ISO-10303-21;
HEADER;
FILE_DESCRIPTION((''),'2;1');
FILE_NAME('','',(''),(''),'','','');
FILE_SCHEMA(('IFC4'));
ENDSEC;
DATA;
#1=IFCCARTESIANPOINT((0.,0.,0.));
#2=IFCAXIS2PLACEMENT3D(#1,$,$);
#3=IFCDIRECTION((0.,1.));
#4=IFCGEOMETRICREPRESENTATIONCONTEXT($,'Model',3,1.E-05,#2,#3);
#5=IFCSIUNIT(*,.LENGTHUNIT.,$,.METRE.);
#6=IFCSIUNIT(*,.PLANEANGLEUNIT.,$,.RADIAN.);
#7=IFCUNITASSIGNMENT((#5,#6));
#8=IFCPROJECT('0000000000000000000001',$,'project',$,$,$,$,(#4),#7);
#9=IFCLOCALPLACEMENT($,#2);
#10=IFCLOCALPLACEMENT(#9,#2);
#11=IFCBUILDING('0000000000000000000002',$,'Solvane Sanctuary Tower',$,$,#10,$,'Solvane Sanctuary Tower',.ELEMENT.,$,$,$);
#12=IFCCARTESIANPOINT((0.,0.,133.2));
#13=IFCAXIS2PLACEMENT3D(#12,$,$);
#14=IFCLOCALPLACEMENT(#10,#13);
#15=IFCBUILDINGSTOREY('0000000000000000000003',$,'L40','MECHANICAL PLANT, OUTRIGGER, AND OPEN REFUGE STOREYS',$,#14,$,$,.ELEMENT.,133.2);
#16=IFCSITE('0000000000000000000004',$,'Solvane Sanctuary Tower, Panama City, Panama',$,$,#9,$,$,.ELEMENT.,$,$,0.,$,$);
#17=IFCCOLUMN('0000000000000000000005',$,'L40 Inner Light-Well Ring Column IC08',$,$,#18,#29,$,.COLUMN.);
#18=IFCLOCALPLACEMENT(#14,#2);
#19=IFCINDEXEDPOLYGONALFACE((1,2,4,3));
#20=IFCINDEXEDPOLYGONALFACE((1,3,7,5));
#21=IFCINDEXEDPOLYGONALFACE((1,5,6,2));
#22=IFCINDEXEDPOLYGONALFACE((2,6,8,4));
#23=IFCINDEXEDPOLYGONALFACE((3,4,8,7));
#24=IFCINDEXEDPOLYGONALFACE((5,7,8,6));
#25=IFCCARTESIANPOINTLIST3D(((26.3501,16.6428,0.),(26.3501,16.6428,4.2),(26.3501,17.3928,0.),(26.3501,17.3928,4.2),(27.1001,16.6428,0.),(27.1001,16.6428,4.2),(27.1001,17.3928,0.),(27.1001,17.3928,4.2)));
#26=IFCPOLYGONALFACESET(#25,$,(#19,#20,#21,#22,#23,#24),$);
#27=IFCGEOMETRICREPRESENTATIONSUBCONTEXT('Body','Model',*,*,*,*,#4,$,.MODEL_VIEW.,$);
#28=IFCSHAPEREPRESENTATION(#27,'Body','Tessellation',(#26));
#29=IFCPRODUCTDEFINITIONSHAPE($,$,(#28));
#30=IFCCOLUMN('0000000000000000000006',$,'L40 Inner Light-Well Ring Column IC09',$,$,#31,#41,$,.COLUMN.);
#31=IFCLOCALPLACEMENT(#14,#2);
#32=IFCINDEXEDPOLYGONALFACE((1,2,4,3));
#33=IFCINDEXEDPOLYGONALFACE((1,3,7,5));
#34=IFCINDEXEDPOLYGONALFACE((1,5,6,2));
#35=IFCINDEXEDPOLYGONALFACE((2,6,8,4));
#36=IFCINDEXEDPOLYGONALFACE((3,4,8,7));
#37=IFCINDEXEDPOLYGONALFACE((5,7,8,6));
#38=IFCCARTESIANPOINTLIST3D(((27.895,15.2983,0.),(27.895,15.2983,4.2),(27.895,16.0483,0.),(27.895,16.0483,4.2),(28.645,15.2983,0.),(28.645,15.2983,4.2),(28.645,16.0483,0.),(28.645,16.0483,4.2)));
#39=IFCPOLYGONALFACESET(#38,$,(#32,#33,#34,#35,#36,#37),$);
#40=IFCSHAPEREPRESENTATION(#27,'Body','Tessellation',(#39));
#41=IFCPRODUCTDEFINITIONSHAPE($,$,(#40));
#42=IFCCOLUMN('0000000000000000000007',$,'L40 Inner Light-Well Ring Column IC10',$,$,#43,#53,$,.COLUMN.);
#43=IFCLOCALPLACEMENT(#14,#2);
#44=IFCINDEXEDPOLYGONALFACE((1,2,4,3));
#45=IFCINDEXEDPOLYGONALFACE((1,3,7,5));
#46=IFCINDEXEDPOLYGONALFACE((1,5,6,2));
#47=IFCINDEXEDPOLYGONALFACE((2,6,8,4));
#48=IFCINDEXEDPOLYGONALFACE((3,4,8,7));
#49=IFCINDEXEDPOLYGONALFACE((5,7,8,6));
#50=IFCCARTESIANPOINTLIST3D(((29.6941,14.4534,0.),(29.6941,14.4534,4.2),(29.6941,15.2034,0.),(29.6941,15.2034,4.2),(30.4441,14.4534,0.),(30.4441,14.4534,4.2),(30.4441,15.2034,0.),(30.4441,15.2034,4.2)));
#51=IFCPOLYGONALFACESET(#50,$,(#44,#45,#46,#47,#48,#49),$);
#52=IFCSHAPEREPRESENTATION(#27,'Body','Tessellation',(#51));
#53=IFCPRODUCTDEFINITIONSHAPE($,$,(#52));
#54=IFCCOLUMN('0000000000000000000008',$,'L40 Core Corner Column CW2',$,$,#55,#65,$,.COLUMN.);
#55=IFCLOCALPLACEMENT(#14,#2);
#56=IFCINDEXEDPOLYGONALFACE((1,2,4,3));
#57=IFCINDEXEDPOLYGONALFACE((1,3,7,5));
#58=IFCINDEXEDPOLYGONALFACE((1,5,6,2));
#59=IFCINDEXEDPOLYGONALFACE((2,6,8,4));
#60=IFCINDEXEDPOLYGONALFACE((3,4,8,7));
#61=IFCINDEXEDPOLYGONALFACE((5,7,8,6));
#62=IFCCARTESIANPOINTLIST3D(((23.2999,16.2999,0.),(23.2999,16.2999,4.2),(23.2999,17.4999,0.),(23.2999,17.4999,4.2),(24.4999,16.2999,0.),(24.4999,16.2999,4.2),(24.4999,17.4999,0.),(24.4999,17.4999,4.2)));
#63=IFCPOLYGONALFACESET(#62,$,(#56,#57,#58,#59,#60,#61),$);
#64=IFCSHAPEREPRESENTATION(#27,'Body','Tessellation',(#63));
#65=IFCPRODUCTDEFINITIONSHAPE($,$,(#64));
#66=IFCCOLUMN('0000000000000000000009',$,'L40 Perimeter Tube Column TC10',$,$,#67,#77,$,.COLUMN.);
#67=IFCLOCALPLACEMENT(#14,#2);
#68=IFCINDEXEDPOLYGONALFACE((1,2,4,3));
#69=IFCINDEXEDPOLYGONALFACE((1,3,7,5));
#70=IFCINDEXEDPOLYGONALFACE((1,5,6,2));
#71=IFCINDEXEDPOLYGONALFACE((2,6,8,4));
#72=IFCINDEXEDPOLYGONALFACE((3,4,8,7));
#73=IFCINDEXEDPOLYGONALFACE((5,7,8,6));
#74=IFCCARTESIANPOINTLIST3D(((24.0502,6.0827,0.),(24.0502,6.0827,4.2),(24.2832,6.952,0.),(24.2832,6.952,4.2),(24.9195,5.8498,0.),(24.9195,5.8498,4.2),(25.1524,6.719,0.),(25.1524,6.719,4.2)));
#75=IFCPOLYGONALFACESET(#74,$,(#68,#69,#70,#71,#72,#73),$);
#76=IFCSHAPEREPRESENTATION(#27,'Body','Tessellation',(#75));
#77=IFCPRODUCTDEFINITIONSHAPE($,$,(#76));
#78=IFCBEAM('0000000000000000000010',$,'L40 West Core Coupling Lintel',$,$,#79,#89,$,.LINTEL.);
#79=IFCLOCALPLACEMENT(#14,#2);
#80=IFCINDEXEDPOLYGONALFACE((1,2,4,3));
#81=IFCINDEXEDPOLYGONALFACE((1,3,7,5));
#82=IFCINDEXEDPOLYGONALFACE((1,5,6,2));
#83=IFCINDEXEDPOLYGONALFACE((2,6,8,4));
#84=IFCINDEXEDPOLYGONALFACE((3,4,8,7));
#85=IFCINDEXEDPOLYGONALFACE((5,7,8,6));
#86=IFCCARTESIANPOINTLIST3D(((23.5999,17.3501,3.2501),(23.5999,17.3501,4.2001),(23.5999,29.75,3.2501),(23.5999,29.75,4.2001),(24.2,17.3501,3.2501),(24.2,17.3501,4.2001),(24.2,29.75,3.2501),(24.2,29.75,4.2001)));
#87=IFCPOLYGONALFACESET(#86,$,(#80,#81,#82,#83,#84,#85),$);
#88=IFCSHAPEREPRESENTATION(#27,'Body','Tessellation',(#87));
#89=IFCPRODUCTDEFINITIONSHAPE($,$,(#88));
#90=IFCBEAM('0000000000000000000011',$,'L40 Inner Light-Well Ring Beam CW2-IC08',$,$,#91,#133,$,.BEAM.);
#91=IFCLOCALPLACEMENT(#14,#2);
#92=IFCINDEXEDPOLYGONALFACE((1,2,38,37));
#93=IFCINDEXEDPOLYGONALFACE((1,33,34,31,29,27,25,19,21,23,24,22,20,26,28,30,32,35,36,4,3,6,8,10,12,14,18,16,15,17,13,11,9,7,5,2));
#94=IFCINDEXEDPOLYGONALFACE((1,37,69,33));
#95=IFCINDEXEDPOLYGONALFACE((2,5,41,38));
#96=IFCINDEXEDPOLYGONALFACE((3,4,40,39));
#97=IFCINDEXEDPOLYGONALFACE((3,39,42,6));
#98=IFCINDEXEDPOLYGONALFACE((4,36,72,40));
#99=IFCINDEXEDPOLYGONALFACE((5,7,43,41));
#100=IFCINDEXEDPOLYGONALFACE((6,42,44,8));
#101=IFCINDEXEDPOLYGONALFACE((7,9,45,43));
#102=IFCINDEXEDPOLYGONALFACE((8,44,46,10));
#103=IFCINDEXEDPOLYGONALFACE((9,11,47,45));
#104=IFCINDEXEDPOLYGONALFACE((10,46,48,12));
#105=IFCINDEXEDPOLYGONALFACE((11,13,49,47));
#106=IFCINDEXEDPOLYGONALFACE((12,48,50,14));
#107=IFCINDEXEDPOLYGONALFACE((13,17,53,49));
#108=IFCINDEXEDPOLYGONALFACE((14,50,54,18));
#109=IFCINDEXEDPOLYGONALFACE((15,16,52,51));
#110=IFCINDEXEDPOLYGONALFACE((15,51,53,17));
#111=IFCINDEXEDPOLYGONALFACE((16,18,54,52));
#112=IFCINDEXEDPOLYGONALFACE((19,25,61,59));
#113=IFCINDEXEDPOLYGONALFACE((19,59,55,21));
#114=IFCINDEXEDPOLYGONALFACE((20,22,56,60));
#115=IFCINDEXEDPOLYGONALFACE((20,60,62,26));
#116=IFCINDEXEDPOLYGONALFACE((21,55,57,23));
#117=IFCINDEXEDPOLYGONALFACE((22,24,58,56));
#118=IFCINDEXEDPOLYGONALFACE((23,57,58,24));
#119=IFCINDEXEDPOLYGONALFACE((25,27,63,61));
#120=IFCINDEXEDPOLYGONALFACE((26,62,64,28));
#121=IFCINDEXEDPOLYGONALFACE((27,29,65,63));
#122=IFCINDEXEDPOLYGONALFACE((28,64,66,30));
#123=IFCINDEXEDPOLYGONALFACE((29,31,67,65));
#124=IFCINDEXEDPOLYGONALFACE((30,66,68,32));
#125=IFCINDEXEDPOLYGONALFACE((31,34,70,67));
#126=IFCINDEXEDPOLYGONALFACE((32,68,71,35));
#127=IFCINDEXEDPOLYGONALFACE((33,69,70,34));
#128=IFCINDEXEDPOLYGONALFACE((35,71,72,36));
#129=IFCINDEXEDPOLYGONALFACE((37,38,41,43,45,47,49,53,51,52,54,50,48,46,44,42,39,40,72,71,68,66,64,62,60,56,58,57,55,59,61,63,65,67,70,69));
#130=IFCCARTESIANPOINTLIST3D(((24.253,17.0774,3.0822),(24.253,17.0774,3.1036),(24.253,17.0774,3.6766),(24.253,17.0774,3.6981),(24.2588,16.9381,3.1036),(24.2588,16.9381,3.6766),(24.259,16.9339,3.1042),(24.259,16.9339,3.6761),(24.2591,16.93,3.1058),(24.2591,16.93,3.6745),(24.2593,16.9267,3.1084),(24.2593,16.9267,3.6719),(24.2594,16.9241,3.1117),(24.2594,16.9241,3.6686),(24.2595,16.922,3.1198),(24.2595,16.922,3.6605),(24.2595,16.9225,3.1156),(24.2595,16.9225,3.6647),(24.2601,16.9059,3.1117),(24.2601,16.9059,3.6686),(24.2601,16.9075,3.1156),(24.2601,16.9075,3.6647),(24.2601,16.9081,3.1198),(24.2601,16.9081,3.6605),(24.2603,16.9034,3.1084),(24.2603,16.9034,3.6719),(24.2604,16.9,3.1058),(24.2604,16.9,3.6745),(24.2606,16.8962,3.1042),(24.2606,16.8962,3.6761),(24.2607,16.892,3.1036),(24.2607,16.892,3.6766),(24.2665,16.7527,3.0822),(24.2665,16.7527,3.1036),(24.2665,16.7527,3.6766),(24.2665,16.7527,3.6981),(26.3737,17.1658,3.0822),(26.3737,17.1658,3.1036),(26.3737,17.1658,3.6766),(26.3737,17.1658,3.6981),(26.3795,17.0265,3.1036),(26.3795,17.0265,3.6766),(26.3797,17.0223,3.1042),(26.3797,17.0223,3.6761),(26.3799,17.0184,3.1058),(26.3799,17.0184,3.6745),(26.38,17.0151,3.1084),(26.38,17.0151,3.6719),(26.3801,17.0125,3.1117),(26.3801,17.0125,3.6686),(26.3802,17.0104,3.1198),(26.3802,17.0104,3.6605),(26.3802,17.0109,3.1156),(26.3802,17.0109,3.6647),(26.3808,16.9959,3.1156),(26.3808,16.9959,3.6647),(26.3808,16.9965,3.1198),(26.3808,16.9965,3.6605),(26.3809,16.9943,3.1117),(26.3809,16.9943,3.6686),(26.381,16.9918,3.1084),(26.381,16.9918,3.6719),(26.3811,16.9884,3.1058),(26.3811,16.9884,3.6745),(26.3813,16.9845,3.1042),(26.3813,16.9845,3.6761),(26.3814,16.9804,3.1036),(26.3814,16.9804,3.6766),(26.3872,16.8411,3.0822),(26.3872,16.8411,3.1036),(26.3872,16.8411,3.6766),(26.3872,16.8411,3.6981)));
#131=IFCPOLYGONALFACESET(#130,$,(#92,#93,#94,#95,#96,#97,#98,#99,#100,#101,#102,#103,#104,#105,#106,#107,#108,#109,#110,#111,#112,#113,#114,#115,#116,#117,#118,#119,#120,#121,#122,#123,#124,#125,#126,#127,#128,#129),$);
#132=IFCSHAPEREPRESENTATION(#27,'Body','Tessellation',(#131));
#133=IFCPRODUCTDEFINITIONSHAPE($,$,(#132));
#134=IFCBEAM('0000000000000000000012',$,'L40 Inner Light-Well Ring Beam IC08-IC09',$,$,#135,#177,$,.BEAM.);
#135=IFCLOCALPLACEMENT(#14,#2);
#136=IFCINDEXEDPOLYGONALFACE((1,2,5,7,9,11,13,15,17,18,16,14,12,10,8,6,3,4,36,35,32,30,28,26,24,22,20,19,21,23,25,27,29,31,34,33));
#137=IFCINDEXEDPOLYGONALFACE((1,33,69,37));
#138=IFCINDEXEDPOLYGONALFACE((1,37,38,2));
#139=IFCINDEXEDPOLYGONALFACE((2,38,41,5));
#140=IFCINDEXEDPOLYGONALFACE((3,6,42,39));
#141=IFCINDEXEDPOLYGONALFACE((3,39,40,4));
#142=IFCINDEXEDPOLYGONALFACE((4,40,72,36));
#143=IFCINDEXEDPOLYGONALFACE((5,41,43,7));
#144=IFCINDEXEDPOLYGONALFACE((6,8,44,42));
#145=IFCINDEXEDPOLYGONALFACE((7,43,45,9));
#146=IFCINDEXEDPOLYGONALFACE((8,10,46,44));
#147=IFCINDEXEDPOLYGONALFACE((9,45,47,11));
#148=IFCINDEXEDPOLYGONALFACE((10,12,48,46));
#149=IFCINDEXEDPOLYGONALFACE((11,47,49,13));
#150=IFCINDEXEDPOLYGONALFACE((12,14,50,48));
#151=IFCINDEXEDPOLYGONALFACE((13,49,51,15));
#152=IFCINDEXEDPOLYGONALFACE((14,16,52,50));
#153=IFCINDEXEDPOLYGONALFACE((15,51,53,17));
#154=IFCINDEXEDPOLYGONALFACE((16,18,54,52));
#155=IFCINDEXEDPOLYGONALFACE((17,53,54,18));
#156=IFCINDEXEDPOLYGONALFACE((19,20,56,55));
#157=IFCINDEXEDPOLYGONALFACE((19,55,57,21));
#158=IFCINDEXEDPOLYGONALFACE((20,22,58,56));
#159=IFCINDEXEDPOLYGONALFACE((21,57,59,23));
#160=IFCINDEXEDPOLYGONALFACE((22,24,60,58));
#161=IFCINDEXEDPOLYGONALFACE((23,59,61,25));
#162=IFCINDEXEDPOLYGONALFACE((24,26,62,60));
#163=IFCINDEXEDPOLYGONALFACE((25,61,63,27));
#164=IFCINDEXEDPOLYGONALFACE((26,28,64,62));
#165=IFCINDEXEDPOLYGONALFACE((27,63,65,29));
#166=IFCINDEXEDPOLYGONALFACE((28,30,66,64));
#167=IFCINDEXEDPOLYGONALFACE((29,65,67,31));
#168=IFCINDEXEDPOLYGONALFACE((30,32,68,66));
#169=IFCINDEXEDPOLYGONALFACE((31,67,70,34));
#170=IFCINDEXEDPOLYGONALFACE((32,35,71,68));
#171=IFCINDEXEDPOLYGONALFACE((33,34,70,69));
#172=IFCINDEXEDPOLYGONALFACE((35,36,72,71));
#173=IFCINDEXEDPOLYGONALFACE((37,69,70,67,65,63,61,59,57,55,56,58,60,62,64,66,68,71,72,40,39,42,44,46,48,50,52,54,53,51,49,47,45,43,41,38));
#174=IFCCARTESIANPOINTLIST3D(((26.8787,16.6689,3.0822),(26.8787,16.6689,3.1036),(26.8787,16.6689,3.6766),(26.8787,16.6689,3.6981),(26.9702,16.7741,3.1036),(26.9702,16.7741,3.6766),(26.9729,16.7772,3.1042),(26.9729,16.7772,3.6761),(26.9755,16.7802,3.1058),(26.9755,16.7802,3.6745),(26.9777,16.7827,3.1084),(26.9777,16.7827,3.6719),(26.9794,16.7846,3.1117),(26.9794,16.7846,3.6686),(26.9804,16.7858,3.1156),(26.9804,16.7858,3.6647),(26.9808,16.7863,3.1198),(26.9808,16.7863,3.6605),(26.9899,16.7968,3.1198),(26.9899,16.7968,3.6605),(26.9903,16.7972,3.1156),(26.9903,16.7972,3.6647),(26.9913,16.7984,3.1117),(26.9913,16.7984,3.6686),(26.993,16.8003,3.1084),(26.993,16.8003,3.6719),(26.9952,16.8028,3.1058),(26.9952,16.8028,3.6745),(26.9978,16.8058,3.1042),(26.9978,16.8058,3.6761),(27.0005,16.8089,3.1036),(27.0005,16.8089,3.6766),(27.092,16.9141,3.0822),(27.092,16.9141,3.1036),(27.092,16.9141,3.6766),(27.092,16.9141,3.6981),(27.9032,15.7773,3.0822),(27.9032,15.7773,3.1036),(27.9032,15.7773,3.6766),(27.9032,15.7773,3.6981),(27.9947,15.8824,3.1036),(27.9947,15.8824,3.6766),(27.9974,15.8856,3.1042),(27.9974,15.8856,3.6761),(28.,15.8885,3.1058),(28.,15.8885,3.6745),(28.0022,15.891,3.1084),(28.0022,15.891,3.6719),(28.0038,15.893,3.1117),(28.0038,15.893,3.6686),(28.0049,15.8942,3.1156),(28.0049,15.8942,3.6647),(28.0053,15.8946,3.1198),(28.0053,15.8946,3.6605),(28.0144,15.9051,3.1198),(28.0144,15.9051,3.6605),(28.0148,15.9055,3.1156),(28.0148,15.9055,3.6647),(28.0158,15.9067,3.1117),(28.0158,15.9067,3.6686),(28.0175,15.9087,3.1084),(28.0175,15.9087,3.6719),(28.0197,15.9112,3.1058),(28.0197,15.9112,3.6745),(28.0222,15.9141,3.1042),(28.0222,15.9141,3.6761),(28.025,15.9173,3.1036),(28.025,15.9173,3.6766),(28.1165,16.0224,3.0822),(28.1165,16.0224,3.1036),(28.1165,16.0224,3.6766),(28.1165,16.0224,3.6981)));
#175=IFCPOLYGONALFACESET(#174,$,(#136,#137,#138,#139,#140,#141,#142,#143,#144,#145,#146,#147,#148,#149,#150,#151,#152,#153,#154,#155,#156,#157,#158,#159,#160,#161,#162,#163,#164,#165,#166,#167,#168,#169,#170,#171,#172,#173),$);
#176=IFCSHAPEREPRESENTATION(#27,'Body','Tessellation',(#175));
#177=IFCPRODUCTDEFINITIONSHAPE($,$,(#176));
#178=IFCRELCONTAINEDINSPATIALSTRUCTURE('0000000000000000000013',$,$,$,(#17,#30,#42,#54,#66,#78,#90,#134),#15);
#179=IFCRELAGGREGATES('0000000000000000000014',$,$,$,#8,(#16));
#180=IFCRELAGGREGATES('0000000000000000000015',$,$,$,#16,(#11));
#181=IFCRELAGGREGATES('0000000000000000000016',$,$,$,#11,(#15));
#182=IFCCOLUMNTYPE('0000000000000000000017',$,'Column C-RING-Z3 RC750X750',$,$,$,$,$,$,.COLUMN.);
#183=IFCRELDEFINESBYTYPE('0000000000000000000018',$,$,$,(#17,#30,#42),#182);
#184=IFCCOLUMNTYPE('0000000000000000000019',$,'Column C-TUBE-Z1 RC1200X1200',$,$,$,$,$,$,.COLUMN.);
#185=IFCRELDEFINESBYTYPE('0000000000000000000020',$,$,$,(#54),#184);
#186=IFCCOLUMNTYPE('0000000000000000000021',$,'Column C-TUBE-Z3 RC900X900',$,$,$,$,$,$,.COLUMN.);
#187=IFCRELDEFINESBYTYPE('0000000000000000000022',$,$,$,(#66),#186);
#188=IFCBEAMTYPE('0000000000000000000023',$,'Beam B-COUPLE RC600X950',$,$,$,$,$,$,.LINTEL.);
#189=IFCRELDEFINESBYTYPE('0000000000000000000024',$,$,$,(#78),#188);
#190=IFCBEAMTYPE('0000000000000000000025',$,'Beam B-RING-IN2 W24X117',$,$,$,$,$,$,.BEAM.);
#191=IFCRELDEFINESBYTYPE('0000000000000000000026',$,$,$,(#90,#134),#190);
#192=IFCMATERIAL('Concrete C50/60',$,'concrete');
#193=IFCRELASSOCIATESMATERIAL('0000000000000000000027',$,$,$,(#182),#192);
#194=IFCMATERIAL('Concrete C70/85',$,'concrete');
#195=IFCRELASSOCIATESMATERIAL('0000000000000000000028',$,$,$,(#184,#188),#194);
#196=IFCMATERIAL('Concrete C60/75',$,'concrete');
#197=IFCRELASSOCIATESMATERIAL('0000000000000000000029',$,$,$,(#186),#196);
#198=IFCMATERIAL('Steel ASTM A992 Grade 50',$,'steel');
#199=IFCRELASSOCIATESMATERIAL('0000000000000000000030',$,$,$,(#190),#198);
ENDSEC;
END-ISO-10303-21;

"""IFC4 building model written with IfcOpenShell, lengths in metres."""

from ifc_helpers import new_model, si_unit, direction, frame, origin, origin_2d, place, context, subcontext, project, spatial, rectangle, i_section, extrude, material, material_profile, profile_set, type_object, element, save


model = new_model("IFC4")

# Units and contexts
model_context = context("Model", 3, precision=1e-05, world=origin(), true_north=direction((0.0, 1.0)))
body_context = subcontext(model_context, "Body", "Model", "MODEL_VIEW")
ifc_project = project(units=[si_unit("LENGTHUNIT", "METRE"), si_unit("PLANEANGLEUNIT", "RADIAN")], contexts=[model_context])

# Site, building, storey
site_placement = place(None, origin())
site = spatial("IfcSite", under=ifc_project, at=site_placement, Name="Solvane Sanctuary Tower, Panama City, Panama", CompositionType="ELEMENT", RefElevation=0.0)
building_placement = place(site_placement, origin())
building = spatial("IfcBuilding", under=site, at=building_placement, Name="Solvane Sanctuary Tower", LongName="Solvane Sanctuary Tower", CompositionType="ELEMENT")
storey_placement = place(building_placement, frame((0.0, 0.0, 133.2)))
storey = spatial("IfcBuildingStorey", under=building, at=storey_placement, Name="L40", Description="MECHANICAL PLANT, OUTRIGGER, AND OPEN REFUGE STOREYS", CompositionType="ELEMENT", Elevation=133.2)

# Columns
ifc_material_1 = material(Name="Concrete C50/60", Category="concrete")
ifc_material_profile_1 = material_profile(ifc_material_1, rectangle(XDim=0.75, YDim=0.75, at=origin_2d()), Name="RC750X750")
ifc_profile_set_1 = profile_set([ifc_material_profile_1], Name="Concrete C50/60")
column_type_1 = type_object("IfcColumnType", Name="Column C-RING-Z3 RC750X750", PredefinedType="COLUMN", material=ifc_profile_set_1)
for number, where, z_axis, x_axis, name in (
    (1, (26.7251, 17.0178, 0.0), (0.0, 0.0, 1.0), (1.0, 0.0, 0.0), "L40 Inner Light-Well Ring Column IC08"),
    (2, (28.27, 15.6733, 0.0), (0.0, 0.0, 1.0), (1.0, 0.0, 0.0), "L40 Inner Light-Well Ring Column IC09"),
    (3, (30.0691, 14.8284, 0.0), (0.0, 0.0, 1.0), (1.0, 0.0, 0.0), "L40 Inner Light-Well Ring Column IC10"),
):
    element("IfcColumn", number, at=place(storey_placement, frame(where, z_axis=z_axis, x_axis=x_axis)), inside=storey, type_object=column_type_1, Name=name, PredefinedType="COLUMN", context=body_context, shape_type="SweptSolid", body=[
        extrude(rectangle(XDim=0.75, YDim=0.75, at=origin_2d()), origin(), (0.0, 0.0, 1.0), 4.2),
    ])
ifc_material_2 = material(Name="Concrete C70/85", Category="concrete")
ifc_material_profile_2 = material_profile(ifc_material_2, rectangle(XDim=1.2, YDim=1.2, at=origin_2d()), Name="RC1200X1200")
ifc_profile_set_2 = profile_set([ifc_material_profile_2], Name="Concrete C70/85")
column_type_2 = type_object("IfcColumnType", Name="Column C-TUBE-Z1 RC1200X1200", PredefinedType="COLUMN", material=ifc_profile_set_2)
column_1_placement = place(storey_placement, frame((23.8999, 16.8999, 0.0), z_axis=(0.0, 0.0, 1.0), x_axis=(1.0, 0.0, 0.0)))
element("IfcColumn", 4, at=column_1_placement, inside=storey, type_object=column_type_2, Name="L40 Core Corner Column CW2", PredefinedType="COLUMN", context=body_context, shape_type="SweptSolid", body=[
    extrude(rectangle(XDim=1.2, YDim=1.2, at=origin_2d()), origin(), (0.0, 0.0, 1.0), 4.2),
])
ifc_material_3 = material(Name="Concrete C60/75", Category="concrete")
ifc_material_profile_3 = material_profile(ifc_material_3, rectangle(XDim=0.8999, YDim=0.8999, at=origin_2d()), Name="RC900X900")
ifc_profile_set_3 = profile_set([ifc_material_profile_3], Name="Concrete C60/75")
column_type_3 = type_object("IfcColumnType", Name="Column C-TUBE-Z3 RC900X900", PredefinedType="COLUMN", material=ifc_profile_set_3)
column_2_placement = place(storey_placement, frame((24.6013, 6.4009, 0.0), z_axis=(0.0, 0.0, 1.0), x_axis=(-0.258819, -0.965926, 0.0)))
element("IfcColumn", 5, at=column_2_placement, inside=storey, type_object=column_type_3, Name="L40 Perimeter Tube Column TC10", PredefinedType="COLUMN", context=body_context, shape_type="SweptSolid", body=[
    extrude(rectangle(XDim=0.8999, YDim=0.8999, at=origin_2d()), origin(), (0.0, 0.0, 1.0), 4.2),
])

# Beams
ifc_material_profile_4 = material_profile(ifc_material_2, rectangle(XDim=0.6001, YDim=0.95, at=origin_2d()), Name="RC600X950")
ifc_profile_set_4 = profile_set([ifc_material_profile_4], Name="Concrete C70/85")
beam_type_1 = type_object("IfcBeamType", Name="Beam B-COUPLE RC600X950", PredefinedType="LINTEL", material=ifc_profile_set_4)
beam_1_placement = place(storey_placement, frame((23.8999, 17.3501, 3.7251), z_axis=(0.0, 1.0, 0.0), x_axis=(-1.0, 0.0, 0.0)))
element("IfcBeam", 6, at=beam_1_placement, inside=storey, type_object=beam_type_1, Name="L40 West Core Coupling Lintel", PredefinedType="LINTEL", context=body_context, shape_type="SweptSolid", body=[
    extrude(rectangle(XDim=0.6001, YDim=0.95, at=origin_2d()), origin(), (0.0, 0.0, 1.0), 12.3999),
])
ifc_material_4 = material(Name="Steel ASTM A992 Grade 50", Category="steel")
ifc_material_profile_5 = material_profile(ifc_material_4, i_section(OverallWidth=0.325, OverallDepth=0.616, WebThickness=0.0139, FlangeThickness=0.0215, FilletRadius=0.0161, at=origin_2d()), Name="W24X117")
ifc_profile_set_5 = profile_set([ifc_material_profile_5], Name="Steel ASTM A992 Grade 50")
beam_type_2 = type_object("IfcBeamType", Name="Beam B-RING-IN2 W24X117", PredefinedType="BEAM", material=ifc_profile_set_5)
beam_2_placement = place(storey_placement, frame((24.2598, 16.915, 3.3901), z_axis=(0.999133, 0.04164, 0.0), x_axis=(-0.04164, 0.999133, 0.0)))
element("IfcBeam", 7, at=beam_2_placement, inside=storey, type_object=beam_type_2, Name="L40 Inner Light-Well Ring Beam CW2-IC08", PredefinedType="BEAM", context=body_context, shape_type="SweptSolid", body=[
    extrude(i_section(OverallWidth=0.325, OverallDepth=0.616, WebThickness=0.0139, FlangeThickness=0.0215, FilletRadius=0.0161, at=origin_2d()), origin(), (0.0, 0.0, 1.0), 2.1226),
])
beam_3_placement = place(storey_placement, frame((26.9854, 16.7915, 3.3901), z_axis=(0.754311, -0.656517, 0.0), x_axis=(0.656517, 0.754311, 0.0)))
element("IfcBeam", 8, at=beam_3_placement, inside=storey, type_object=beam_type_2, Name="L40 Inner Light-Well Ring Beam IC08-IC09", PredefinedType="BEAM", context=body_context, shape_type="SweptSolid", body=[
    extrude(i_section(OverallWidth=0.325, OverallDepth=0.616, WebThickness=0.0139, FlangeThickness=0.0215, FilletRadius=0.0161, at=origin_2d()), origin(), (0.0, 0.0, 1.0), 1.3582),
])

save(model, "model.ifc")
